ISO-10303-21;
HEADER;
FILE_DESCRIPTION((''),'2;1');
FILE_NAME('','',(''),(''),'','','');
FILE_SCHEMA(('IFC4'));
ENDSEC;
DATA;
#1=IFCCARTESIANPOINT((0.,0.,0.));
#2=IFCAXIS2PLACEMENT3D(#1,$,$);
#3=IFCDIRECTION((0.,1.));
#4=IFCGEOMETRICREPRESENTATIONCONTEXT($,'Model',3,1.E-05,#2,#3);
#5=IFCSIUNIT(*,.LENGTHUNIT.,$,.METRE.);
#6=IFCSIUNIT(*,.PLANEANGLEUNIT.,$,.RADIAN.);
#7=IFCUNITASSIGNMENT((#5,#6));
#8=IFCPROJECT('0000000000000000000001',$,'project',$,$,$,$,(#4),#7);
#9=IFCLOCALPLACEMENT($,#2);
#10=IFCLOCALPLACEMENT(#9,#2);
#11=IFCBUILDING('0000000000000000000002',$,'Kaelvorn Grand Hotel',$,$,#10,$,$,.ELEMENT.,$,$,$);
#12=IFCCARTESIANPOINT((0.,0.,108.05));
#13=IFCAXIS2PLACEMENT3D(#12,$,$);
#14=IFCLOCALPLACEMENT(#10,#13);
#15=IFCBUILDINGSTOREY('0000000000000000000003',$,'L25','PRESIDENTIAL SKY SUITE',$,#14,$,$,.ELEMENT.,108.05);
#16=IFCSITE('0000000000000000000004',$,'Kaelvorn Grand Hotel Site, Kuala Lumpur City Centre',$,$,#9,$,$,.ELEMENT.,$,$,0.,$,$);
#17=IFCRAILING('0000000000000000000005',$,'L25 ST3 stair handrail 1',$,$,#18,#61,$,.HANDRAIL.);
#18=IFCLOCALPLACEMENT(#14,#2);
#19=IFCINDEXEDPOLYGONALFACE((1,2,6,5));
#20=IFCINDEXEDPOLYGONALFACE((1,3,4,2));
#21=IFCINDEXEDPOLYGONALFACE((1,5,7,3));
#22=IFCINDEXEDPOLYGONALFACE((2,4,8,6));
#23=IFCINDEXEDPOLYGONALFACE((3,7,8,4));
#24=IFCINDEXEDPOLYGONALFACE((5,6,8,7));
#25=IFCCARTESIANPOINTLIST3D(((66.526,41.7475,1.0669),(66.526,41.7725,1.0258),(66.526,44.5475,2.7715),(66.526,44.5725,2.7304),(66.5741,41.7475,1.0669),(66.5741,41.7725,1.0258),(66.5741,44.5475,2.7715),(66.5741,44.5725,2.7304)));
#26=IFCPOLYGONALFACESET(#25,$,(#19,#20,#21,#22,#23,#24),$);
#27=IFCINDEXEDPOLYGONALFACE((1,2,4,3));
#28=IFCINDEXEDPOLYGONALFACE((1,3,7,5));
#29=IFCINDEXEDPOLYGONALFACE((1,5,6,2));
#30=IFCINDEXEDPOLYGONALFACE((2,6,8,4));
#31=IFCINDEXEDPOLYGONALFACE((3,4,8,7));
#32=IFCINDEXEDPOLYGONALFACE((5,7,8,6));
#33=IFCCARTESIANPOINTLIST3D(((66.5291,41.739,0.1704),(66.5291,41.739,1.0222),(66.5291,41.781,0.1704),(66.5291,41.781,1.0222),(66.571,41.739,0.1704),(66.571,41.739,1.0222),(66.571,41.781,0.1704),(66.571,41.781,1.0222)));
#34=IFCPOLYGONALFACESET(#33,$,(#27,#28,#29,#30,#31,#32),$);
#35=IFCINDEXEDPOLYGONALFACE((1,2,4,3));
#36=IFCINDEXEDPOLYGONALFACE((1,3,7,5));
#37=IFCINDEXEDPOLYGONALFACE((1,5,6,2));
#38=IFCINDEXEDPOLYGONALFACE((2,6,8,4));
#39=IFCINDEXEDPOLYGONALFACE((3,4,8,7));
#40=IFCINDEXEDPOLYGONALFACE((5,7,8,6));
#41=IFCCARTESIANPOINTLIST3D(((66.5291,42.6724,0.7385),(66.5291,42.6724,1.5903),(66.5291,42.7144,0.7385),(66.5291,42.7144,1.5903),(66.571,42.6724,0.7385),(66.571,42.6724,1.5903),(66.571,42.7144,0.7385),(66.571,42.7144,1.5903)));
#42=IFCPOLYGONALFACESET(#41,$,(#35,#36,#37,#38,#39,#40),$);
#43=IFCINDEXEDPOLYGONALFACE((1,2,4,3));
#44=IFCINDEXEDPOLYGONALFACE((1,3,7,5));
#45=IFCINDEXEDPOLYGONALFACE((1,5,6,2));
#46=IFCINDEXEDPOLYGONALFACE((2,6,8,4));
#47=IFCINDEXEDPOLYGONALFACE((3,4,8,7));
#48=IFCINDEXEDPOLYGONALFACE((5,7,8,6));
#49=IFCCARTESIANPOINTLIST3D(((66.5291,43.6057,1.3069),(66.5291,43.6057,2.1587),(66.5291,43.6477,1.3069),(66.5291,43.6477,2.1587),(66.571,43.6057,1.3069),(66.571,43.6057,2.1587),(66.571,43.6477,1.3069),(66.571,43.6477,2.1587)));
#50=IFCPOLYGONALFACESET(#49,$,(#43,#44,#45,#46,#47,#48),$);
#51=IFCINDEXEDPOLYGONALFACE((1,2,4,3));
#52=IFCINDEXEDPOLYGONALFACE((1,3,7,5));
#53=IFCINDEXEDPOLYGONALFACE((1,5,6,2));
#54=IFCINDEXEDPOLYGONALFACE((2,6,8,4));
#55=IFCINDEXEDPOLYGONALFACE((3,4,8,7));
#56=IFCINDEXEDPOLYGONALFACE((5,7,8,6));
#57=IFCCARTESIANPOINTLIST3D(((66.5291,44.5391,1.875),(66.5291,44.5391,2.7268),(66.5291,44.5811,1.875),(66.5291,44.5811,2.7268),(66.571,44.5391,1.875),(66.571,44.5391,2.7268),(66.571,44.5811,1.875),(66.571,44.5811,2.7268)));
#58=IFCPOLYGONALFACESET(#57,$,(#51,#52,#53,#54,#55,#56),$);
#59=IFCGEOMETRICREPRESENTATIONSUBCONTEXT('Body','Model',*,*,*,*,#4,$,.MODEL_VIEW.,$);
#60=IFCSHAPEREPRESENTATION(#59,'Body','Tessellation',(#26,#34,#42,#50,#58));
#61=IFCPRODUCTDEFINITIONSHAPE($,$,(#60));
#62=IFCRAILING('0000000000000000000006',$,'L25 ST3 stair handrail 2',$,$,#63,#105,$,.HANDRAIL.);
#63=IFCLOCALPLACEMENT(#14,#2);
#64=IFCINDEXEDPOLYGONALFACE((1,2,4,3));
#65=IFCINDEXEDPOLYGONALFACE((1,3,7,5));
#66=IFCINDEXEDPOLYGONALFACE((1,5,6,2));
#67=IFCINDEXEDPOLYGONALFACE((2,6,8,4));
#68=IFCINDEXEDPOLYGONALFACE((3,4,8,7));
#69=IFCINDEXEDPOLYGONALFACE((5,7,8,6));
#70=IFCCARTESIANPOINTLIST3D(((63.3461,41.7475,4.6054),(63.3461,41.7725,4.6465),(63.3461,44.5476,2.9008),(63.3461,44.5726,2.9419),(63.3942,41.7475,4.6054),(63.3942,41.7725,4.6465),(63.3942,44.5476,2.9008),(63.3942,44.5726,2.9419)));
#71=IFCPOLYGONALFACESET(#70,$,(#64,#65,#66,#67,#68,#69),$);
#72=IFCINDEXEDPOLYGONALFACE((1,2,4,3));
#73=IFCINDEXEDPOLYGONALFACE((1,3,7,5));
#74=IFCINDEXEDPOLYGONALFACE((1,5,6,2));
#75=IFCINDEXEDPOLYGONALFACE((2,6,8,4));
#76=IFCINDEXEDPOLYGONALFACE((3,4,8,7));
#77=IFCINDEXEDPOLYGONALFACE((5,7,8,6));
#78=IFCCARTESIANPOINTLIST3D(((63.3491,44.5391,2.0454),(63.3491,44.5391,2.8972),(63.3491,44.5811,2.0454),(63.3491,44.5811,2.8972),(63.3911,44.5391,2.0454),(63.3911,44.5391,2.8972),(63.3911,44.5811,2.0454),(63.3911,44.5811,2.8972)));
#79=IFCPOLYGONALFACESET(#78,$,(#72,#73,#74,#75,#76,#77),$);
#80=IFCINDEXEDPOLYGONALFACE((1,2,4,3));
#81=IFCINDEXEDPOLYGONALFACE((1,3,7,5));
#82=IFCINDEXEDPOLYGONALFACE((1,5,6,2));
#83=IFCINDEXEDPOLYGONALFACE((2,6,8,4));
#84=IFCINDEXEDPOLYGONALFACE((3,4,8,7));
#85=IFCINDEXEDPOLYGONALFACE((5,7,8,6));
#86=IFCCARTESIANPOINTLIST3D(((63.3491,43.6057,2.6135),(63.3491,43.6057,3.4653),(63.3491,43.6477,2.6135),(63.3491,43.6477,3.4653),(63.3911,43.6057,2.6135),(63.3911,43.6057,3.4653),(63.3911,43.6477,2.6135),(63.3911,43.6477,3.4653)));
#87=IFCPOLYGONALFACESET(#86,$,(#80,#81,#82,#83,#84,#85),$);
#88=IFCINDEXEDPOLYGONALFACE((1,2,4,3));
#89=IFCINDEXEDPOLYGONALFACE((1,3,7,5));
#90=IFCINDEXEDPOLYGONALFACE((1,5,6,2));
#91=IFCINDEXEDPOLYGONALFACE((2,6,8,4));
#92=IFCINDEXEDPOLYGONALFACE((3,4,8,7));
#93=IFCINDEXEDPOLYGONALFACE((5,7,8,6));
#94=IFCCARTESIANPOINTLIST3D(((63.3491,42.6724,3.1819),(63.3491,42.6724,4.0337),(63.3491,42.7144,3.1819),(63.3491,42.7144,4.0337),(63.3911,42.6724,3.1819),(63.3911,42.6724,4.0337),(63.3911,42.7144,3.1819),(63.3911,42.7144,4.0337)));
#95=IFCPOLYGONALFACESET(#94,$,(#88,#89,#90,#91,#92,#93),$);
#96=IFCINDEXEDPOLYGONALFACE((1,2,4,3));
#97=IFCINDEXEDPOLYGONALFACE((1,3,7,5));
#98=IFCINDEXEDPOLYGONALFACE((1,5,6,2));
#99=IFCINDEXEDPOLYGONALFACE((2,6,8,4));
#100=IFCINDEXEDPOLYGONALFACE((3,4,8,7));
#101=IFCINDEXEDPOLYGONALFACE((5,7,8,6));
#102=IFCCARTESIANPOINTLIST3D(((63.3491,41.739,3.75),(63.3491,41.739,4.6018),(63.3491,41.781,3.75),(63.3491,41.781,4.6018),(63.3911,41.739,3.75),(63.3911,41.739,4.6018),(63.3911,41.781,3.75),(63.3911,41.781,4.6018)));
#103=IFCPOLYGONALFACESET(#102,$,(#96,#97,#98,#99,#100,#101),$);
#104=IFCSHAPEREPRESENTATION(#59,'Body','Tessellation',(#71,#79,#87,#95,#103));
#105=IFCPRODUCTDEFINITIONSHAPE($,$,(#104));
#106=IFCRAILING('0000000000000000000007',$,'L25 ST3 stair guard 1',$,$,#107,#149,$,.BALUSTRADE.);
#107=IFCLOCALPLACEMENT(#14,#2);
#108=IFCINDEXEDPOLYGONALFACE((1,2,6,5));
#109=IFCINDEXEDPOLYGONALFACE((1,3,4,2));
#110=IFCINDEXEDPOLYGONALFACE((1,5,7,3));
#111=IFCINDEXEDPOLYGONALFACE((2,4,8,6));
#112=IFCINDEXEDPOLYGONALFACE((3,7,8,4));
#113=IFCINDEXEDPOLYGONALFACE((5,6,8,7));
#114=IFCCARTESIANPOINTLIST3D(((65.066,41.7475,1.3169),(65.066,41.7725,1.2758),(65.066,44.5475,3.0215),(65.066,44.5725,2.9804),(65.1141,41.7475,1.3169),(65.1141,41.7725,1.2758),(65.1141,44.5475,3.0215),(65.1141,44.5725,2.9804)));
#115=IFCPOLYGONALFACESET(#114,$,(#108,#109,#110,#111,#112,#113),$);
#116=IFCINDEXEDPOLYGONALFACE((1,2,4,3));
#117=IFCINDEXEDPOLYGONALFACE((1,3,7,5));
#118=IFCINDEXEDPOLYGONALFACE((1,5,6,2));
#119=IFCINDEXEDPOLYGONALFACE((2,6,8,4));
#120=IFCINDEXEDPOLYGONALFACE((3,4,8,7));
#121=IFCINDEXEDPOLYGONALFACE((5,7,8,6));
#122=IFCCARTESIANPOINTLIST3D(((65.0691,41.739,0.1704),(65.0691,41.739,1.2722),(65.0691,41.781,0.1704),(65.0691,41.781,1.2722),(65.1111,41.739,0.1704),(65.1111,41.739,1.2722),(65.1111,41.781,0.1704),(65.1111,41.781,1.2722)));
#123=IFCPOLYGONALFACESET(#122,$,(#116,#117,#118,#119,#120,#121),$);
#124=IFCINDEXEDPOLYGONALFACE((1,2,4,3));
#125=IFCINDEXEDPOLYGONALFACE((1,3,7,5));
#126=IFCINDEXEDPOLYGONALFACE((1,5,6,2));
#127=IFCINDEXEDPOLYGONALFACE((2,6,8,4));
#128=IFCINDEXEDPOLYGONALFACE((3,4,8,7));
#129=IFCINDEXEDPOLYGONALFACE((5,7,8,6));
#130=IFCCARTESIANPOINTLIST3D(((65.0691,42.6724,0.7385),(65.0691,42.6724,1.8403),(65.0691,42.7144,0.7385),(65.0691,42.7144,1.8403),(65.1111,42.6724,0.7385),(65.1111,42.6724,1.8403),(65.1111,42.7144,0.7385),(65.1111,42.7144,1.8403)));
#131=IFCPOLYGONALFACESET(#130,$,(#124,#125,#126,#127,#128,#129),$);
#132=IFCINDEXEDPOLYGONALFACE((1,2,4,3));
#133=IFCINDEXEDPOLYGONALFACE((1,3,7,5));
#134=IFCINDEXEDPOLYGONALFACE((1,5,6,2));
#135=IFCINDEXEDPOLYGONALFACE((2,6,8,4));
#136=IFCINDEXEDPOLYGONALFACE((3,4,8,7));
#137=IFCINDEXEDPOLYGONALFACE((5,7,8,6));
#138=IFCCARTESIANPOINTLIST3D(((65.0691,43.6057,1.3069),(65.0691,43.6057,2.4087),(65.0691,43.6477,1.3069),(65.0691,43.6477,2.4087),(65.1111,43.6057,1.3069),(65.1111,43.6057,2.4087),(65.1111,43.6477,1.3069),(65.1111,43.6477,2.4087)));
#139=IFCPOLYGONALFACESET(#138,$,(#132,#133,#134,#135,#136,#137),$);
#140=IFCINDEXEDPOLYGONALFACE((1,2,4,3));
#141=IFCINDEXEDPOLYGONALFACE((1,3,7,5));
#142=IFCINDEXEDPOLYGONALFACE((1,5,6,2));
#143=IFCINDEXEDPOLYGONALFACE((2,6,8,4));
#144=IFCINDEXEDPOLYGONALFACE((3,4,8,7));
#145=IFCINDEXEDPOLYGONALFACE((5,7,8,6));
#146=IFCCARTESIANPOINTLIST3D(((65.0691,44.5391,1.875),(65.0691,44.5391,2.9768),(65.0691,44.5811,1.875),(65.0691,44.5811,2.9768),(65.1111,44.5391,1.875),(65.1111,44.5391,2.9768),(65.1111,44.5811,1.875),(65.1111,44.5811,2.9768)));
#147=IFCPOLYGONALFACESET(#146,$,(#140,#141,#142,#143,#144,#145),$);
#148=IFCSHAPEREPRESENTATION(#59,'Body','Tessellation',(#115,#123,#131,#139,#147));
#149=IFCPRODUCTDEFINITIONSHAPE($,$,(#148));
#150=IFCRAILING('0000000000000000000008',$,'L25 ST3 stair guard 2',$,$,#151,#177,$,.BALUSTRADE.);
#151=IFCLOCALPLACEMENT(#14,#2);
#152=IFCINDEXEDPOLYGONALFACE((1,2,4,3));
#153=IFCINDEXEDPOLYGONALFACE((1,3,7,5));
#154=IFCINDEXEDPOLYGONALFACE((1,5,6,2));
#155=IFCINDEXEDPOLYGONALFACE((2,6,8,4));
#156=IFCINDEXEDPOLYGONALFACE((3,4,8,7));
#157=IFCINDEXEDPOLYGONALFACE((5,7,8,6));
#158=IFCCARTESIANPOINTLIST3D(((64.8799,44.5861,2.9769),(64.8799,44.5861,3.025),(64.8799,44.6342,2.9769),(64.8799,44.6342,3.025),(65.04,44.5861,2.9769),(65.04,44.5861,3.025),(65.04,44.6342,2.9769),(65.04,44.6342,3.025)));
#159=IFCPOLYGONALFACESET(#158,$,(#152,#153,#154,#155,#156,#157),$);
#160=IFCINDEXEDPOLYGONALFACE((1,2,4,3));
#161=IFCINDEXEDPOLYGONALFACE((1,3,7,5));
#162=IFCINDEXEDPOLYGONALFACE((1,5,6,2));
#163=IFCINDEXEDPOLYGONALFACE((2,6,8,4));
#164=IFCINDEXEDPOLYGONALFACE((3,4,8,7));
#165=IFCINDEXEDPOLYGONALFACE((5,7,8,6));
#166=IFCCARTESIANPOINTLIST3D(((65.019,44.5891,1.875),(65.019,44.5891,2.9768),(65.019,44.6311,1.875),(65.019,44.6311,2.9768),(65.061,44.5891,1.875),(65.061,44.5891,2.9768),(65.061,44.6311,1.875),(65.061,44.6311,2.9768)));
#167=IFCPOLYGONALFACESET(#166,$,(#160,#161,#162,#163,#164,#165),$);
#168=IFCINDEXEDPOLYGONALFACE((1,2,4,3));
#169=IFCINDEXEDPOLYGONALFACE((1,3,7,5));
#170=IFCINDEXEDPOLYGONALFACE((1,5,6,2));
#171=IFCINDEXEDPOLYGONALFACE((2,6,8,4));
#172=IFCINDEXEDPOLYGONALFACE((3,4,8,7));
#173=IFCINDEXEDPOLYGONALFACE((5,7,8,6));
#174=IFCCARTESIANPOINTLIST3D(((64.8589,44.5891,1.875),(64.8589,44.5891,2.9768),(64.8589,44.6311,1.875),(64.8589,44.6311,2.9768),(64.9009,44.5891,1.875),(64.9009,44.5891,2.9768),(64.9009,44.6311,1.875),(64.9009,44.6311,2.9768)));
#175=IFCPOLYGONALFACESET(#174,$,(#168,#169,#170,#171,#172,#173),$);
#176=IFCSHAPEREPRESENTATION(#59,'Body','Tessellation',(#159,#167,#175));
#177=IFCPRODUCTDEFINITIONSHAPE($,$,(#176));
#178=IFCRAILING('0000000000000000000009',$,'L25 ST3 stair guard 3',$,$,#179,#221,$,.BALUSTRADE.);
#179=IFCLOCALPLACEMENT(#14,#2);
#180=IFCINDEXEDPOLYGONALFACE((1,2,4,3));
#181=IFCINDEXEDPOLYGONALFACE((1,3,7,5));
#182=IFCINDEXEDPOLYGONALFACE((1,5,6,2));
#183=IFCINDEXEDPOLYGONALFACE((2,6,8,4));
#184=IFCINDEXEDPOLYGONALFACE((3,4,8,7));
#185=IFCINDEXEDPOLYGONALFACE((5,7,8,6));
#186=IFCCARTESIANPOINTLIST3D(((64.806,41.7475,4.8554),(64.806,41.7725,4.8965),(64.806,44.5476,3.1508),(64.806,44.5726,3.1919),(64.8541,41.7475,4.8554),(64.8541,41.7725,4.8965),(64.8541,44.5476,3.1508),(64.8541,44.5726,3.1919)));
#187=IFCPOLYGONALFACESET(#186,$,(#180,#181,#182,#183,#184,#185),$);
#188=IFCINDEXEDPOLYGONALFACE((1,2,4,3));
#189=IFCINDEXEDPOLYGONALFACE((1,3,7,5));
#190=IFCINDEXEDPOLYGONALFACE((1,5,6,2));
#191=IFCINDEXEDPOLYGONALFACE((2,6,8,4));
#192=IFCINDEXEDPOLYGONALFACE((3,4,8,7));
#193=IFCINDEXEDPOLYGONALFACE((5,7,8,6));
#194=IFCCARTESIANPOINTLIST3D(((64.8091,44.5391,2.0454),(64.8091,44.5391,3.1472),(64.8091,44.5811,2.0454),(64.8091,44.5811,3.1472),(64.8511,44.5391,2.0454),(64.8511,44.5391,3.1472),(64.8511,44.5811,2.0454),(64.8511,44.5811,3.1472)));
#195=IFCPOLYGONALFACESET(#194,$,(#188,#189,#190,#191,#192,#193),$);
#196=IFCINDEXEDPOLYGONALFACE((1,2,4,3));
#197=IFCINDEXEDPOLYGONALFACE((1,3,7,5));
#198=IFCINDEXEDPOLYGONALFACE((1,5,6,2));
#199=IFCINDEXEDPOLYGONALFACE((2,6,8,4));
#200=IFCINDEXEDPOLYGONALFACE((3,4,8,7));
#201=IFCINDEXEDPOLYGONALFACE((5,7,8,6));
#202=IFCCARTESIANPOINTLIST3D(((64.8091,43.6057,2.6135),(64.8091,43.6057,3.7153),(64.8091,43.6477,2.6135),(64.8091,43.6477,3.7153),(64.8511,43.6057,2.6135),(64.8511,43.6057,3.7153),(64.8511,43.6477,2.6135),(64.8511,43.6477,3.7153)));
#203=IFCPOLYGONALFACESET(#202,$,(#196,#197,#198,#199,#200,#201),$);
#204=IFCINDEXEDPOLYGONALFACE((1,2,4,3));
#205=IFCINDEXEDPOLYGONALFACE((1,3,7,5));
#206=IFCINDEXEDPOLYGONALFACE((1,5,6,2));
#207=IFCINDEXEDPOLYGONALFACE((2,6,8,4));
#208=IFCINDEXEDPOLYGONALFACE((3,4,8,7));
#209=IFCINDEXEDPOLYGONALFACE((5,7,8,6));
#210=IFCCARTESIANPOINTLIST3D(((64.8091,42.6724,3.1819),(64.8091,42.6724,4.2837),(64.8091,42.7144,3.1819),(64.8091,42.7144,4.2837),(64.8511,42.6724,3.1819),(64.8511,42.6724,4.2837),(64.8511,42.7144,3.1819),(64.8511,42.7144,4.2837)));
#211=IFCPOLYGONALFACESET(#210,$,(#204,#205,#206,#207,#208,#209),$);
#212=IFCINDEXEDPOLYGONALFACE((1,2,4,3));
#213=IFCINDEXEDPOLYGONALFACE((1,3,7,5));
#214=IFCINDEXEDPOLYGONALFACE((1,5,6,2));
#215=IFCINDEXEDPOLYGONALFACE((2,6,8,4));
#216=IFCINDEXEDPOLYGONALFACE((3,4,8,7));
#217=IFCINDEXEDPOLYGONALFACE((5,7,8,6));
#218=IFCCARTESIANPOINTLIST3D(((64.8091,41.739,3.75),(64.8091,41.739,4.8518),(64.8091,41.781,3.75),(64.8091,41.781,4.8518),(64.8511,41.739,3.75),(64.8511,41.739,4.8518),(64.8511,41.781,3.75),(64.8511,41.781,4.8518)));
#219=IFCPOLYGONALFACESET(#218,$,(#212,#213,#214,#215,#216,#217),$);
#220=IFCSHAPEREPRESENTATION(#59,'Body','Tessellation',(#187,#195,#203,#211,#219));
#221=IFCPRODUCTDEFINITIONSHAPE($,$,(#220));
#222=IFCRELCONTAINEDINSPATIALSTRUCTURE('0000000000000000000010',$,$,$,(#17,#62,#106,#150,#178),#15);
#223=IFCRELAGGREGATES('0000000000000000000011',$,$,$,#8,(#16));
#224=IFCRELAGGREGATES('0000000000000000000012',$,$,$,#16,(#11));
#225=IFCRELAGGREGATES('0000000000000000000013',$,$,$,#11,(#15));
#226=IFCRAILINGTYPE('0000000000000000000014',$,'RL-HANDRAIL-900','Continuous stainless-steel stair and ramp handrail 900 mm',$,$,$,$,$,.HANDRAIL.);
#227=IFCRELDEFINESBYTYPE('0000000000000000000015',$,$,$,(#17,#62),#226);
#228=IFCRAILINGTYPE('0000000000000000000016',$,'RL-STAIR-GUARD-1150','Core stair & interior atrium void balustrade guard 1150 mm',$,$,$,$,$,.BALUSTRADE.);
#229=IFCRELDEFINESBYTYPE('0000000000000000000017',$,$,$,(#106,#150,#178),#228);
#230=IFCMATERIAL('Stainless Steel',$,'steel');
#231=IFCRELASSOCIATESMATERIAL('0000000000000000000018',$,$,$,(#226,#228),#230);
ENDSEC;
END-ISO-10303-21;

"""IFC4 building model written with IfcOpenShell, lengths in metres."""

from ifc_helpers import new_model, si_unit, direction, frame, origin, origin_2d, place, context, subcontext, project, spatial, rectangle, extrude, material, type_object, element, save


model = new_model("IFC4")

# Units and contexts
model_context = context("Model", 3, precision=1e-05, world=origin(), true_north=direction((0.0, 1.0)))
body_context = subcontext(model_context, "Body", "Model", "MODEL_VIEW")
ifc_project = project(units=[si_unit("LENGTHUNIT", "METRE"), si_unit("PLANEANGLEUNIT", "RADIAN")], contexts=[model_context])

# Site, building, storey
site_placement = place(None, origin())
site = spatial("IfcSite", under=ifc_project, at=site_placement, Name="Kaelvorn Grand Hotel Site, Kuala Lumpur City Centre", CompositionType="ELEMENT", RefElevation=0.0)
building_placement = place(site_placement, origin())
building = spatial("IfcBuilding", under=site, at=building_placement, Name="Kaelvorn Grand Hotel", CompositionType="ELEMENT")
storey_placement = place(building_placement, frame((0.0, 0.0, 108.05)))
storey = spatial("IfcBuildingStorey", under=building, at=storey_placement, Name="L25", Description="PRESIDENTIAL SKY SUITE", CompositionType="ELEMENT", Elevation=108.05)

# Shared definitions
ifc_material_1 = material(Name="Stainless Steel", Category="steel")

# Railings
railing_type_1 = type_object("IfcRailingType", Name="RL-HANDRAIL-900", Description="Continuous stainless-steel stair and ramp handrail 900 mm", PredefinedType="HANDRAIL", material=ifc_material_1)
railing_1_placement = place(storey_placement, frame((66.55, 41.76, 0.1704)))
element("IfcRailing", 1, at=railing_1_placement, inside=storey, type_object=railing_type_1, Name="L25 ST3 stair handrail 1", PredefinedType="HANDRAIL", context=body_context, shape_type="SweptSolid", body=[
    extrude(rectangle(XDim=0.0481, YDim=0.0481, at=origin_2d()), frame((0.0, 0.0, 0.876), z_axis=(0.0, 0.85417, 0.519994), x_axis=(-1.0, 0.0, 0.0)), (0.0, 0.0, 1.0), 3.2781),
    extrude(rectangle(XDim=0.042, YDim=0.042, at=origin_2d()), origin(), (0.0, 0.0, 1.0), 0.8518),
    extrude(rectangle(XDim=0.042, YDim=0.042, at=origin_2d()), frame((0.0, 0.9333, 0.5681)), (0.0, 0.0, 1.0), 0.8518),
    extrude(rectangle(XDim=0.042, YDim=0.042, at=origin_2d()), frame((0.0, 1.8667, 1.1365)), (0.0, 0.0, 1.0), 0.8518),
    extrude(rectangle(XDim=0.042, YDim=0.042, at=origin_2d()), frame((0.0, 2.8, 1.7046)), (0.0, 0.0, 1.0), 0.8518),
])
railing_2_placement = place(storey_placement, frame((63.3701, 44.5601, 2.0454)))
element("IfcRailing", 2, at=railing_2_placement, inside=storey, type_object=railing_type_1, Name="L25 ST3 stair handrail 2", PredefinedType="HANDRAIL", context=body_context, shape_type="SweptSolid", body=[
    extrude(rectangle(XDim=0.0481, YDim=0.0481, at=origin_2d()), frame((0.0, 0.0, 0.876), z_axis=(0.0, -0.85417, 0.519994), x_axis=(1.0, 0.0, 0.0)), (0.0, 0.0, 1.0), 3.2781),
    extrude(rectangle(XDim=0.042, YDim=0.042, at=origin_2d()), origin(), (0.0, 0.0, 1.0), 0.8518),
    extrude(rectangle(XDim=0.042, YDim=0.042, at=origin_2d()), frame((0.0, -0.9333, 0.5681)), (0.0, 0.0, 1.0), 0.8518),
    extrude(rectangle(XDim=0.042, YDim=0.042, at=origin_2d()), frame((0.0, -1.8667, 1.1365)), (0.0, 0.0, 1.0), 0.8518),
    extrude(rectangle(XDim=0.042, YDim=0.042, at=origin_2d()), frame((0.0, -2.8, 1.7046)), (0.0, 0.0, 1.0), 0.8518),
])
railing_type_2 = type_object("IfcRailingType", Name="RL-STAIR-GUARD-1150", Description="Core stair & interior atrium void balustrade guard 1150 mm", PredefinedType="BALUSTRADE", material=ifc_material_1)
railing_3_placement = place(storey_placement, frame((65.0901, 41.76, 0.1704)))
element("IfcRailing", 3, at=railing_3_placement, inside=storey, type_object=railing_type_2, Name="L25 ST3 stair guard 1", PredefinedType="BALUSTRADE", context=body_context, shape_type="SweptSolid", body=[
    extrude(rectangle(XDim=0.0481, YDim=0.0481, at=origin_2d()), frame((0.0, 0.0, 1.126), z_axis=(0.0, 0.85417, 0.519994), x_axis=(-1.0, 0.0, 0.0)), (0.0, 0.0, 1.0), 3.2781),
    extrude(rectangle(XDim=0.042, YDim=0.042, at=origin_2d()), origin(), (0.0, 0.0, 1.0), 1.1018),
    extrude(rectangle(XDim=0.042, YDim=0.042, at=origin_2d()), frame((0.0, 0.9333, 0.5681)), (0.0, 0.0, 1.0), 1.1018),
    extrude(rectangle(XDim=0.042, YDim=0.042, at=origin_2d()), frame((0.0, 1.8667, 1.1365)), (0.0, 0.0, 1.0), 1.1018),
    extrude(rectangle(XDim=0.042, YDim=0.042, at=origin_2d()), frame((0.0, 2.8, 1.7046)), (0.0, 0.0, 1.0), 1.1018),
])
railing_4_placement = place(storey_placement, frame((65.04, 44.6101, 1.875)))
element("IfcRailing", 4, at=railing_4_placement, inside=storey, type_object=railing_type_2, Name="L25 ST3 stair guard 2", PredefinedType="BALUSTRADE", context=body_context, shape_type="SweptSolid", body=[
    extrude(rectangle(XDim=0.0481, YDim=0.0481, at=origin_2d()), frame((0.0, 0.0, 1.126), z_axis=(-1.0, 0.0, 0.0), x_axis=(0.0, -1.0, 0.0)), (0.0, 0.0, 1.0), 0.1602),
    extrude(rectangle(XDim=0.042, YDim=0.042, at=origin_2d()), origin(), (0.0, 0.0, 1.0), 1.1018),
    extrude(rectangle(XDim=0.042, YDim=0.042, at=origin_2d()), frame((-0.1602, 0.0, 0.0)), (0.0, 0.0, 1.0), 1.1018),
])
railing_5_placement = place(storey_placement, frame((64.8301, 44.5601, 2.0454)))
element("IfcRailing", 5, at=railing_5_placement, inside=storey, type_object=railing_type_2, Name="L25 ST3 stair guard 3", PredefinedType="BALUSTRADE", context=body_context, shape_type="SweptSolid", body=[
    extrude(rectangle(XDim=0.0481, YDim=0.0481, at=origin_2d()), frame((0.0, 0.0, 1.126), z_axis=(0.0, -0.85417, 0.519994), x_axis=(1.0, 0.0, 0.0)), (0.0, 0.0, 1.0), 3.2781),
    extrude(rectangle(XDim=0.042, YDim=0.042, at=origin_2d()), origin(), (0.0, 0.0, 1.0), 1.1018),
    extrude(rectangle(XDim=0.042, YDim=0.042, at=origin_2d()), frame((0.0, -0.9333, 0.5681)), (0.0, 0.0, 1.0), 1.1018),
    extrude(rectangle(XDim=0.042, YDim=0.042, at=origin_2d()), frame((0.0, -1.8667, 1.1365)), (0.0, 0.0, 1.0), 1.1018),
    extrude(rectangle(XDim=0.042, YDim=0.042, at=origin_2d()), frame((0.0, -2.8, 1.7046)), (0.0, 0.0, 1.0), 1.1018),
])

save(model, "model.ifc")
